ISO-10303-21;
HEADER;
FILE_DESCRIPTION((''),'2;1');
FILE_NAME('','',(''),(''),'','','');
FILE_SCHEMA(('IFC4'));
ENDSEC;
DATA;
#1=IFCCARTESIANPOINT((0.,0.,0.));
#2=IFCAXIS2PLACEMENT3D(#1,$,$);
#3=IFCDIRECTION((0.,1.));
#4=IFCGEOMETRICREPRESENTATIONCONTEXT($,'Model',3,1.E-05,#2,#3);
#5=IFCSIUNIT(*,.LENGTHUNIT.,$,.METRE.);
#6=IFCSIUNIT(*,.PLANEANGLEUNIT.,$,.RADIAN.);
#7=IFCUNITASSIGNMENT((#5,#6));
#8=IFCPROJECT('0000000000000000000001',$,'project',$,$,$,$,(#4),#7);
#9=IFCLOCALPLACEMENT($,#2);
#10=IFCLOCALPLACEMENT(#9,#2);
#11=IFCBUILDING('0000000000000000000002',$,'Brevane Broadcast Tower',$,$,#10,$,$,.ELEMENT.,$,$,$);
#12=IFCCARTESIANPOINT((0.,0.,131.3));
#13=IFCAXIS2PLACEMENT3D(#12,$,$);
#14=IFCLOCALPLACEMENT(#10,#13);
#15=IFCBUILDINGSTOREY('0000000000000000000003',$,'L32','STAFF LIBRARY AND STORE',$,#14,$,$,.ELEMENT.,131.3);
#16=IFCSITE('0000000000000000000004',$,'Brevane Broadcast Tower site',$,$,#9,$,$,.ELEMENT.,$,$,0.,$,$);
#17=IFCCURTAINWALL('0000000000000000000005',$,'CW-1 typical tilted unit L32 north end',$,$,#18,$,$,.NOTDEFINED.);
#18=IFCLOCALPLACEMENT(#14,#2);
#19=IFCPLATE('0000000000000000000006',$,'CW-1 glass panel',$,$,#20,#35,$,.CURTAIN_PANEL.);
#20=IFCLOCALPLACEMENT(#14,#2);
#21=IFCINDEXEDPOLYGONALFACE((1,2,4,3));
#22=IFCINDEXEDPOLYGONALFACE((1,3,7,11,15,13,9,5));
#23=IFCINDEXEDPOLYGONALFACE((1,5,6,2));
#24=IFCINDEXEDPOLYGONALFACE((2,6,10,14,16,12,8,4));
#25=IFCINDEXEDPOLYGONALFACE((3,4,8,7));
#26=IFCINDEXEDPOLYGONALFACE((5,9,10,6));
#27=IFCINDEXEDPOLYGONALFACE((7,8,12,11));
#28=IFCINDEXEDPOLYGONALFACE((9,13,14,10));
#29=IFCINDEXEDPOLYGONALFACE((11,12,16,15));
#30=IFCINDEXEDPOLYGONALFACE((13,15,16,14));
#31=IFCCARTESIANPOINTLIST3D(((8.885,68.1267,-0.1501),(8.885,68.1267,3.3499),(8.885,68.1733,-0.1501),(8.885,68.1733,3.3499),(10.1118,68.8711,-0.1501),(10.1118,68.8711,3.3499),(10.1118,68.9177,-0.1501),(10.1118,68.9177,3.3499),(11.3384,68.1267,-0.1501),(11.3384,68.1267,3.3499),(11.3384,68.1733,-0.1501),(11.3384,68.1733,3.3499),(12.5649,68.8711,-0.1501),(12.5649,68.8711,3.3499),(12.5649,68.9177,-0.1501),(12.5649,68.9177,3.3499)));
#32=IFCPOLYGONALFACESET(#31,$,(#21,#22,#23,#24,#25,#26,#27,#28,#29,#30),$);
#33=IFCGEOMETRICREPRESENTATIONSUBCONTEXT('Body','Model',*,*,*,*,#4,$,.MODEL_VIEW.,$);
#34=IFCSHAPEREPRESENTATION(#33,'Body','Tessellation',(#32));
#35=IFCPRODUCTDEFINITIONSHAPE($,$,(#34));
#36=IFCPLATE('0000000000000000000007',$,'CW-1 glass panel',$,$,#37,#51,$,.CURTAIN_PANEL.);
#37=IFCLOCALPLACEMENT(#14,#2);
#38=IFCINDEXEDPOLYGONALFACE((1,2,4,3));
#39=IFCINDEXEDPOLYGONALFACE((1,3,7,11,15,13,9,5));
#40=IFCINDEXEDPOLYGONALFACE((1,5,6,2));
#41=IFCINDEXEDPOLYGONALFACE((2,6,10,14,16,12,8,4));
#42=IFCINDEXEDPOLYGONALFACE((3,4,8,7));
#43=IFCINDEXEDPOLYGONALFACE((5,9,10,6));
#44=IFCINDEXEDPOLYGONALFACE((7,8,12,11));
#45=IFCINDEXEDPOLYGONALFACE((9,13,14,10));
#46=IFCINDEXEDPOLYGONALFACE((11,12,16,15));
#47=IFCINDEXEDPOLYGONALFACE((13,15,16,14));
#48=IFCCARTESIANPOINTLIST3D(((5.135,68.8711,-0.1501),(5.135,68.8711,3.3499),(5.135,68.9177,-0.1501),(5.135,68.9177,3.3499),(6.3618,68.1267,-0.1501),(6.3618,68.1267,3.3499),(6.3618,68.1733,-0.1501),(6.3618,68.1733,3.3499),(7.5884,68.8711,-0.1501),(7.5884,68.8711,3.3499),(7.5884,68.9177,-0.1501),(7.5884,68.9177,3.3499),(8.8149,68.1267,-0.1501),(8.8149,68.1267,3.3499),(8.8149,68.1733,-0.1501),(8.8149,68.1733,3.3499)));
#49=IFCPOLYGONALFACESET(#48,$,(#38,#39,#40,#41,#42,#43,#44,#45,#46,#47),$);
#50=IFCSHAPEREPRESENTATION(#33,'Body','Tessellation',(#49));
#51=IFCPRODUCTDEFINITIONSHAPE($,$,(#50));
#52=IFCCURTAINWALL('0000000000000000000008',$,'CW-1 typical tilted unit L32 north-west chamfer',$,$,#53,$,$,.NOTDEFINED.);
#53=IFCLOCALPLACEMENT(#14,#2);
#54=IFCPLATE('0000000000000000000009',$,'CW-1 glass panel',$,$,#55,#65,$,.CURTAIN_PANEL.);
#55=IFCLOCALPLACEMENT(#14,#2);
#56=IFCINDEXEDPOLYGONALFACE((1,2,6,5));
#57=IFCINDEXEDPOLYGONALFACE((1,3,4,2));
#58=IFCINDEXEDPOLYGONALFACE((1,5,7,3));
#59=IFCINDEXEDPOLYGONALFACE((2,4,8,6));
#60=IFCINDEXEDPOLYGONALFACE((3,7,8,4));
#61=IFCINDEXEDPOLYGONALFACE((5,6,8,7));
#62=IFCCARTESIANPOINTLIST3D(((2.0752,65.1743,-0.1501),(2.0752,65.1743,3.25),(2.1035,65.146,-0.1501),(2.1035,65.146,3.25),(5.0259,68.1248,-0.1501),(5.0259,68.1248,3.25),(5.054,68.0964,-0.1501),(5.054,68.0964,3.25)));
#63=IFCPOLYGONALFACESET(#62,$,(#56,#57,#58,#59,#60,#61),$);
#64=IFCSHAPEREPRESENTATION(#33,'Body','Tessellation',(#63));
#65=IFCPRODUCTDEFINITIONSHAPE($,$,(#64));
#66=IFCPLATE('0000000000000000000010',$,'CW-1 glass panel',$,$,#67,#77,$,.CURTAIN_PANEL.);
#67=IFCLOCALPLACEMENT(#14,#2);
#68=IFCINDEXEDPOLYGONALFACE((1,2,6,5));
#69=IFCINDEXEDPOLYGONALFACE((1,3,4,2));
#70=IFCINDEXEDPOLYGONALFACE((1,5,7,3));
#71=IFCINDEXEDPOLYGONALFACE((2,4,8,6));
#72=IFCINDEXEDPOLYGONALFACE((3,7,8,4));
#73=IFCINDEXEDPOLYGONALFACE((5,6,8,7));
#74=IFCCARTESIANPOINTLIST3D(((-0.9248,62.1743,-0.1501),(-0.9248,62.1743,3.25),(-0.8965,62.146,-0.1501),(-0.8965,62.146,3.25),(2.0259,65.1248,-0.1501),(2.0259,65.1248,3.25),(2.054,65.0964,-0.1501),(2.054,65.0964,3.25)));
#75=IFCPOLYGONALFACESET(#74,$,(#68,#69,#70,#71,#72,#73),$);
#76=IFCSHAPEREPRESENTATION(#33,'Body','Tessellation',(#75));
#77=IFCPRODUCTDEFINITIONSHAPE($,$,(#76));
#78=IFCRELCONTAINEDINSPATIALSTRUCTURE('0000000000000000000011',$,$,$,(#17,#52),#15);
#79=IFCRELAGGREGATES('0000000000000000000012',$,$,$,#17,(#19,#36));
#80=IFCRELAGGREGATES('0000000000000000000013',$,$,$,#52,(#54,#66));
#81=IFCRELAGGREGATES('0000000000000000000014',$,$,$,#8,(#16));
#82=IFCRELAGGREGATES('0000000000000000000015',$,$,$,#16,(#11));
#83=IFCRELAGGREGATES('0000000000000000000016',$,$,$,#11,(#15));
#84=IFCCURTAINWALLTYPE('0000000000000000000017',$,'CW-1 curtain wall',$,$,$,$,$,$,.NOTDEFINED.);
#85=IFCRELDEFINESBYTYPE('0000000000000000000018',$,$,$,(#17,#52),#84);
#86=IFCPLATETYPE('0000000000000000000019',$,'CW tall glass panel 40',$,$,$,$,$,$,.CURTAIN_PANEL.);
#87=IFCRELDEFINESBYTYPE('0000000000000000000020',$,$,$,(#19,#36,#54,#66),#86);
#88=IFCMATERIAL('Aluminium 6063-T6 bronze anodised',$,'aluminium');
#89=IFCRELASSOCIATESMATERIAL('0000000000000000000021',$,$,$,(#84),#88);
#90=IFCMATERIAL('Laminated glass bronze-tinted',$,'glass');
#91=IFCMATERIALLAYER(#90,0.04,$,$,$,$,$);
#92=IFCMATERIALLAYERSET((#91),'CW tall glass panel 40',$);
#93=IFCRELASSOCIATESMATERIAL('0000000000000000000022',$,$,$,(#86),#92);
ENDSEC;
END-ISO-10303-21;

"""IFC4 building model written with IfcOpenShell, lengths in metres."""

from ifc_helpers import new_model, si_unit, direction, frame, origin, place, context, subcontext, project, spatial, polyline, outline, extrude, material, layer, layer_set, type_object, element, aggregate, save


model = new_model("IFC4")

# Units and contexts
model_context = context("Model", 3, precision=1e-05, world=origin(), true_north=direction((0.0, 1.0)))
body_context = subcontext(model_context, "Body", "Model", "MODEL_VIEW")
ifc_project = project(units=[si_unit("LENGTHUNIT", "METRE"), si_unit("PLANEANGLEUNIT", "RADIAN")], contexts=[model_context])

# Site, building, storey
site_placement = place(None, origin())
site = spatial("IfcSite", under=ifc_project, at=site_placement, Name="Brevane Broadcast Tower site", CompositionType="ELEMENT", RefElevation=0.0)
building_placement = place(site_placement, origin())
building = spatial("IfcBuilding", under=site, at=building_placement, Name="Brevane Broadcast Tower", CompositionType="ELEMENT")
storey_placement = place(building_placement, frame((0.0, 0.0, 131.3)))
storey = spatial("IfcBuildingStorey", under=building, at=storey_placement, Name="L32", Description="STAFF LIBRARY AND STORE", CompositionType="ELEMENT", Elevation=131.3)

# Shared definitions
ifc_material_1 = material(Name="Aluminium 6063-T6 bronze anodised", Category="aluminium")
curtain_wall_type = type_object("IfcCurtainWallType", Name="CW-1 curtain wall", PredefinedType="NOTDEFINED", material=ifc_material_1)

# Curtain walls, plates
ifc_material_2 = material(Name="Laminated glass bronze-tinted", Category="glass")
ifc_layer = layer(ifc_material_2, 0.04)
ifc_layer_set = layer_set([ifc_layer], Name="CW tall glass panel 40")
plate_type = type_object("IfcPlateType", Name="CW tall glass panel 40", PredefinedType="CURTAIN_PANEL", material=ifc_layer_set)
curtain_wall_1_placement = place(storey_placement, origin())
curtain_wall_1 = element("IfcCurtainWall", 1, at=curtain_wall_1_placement, inside=storey, type_object=curtain_wall_type, Name="CW-1 typical tilted unit L32 north end", PredefinedType="NOTDEFINED")
plate_1_placement = place(storey_placement, frame((0.0, 0.0, -0.1501)))
plate_1 = element("IfcPlate", 2, at=plate_1_placement, type_object=plate_type, Name="CW-1 glass panel", PredefinedType="CURTAIN_PANEL", context=body_context, shape_type="SweptSolid", body=[
    extrude(outline(polyline([(12.5649, 68.8711), (12.5649, 68.9177), (11.3384, 68.1733), (10.1118, 68.9177), (8.885, 68.1733), (8.885, 68.1267), (10.1118, 68.8711), (11.3384, 68.1267), (12.5649, 68.8711)])), origin(), (0.0, 0.0, 1.0), 3.5),
])
plate_2_placement = place(storey_placement, frame((0.0, 0.0, -0.1501)))
plate_2 = element("IfcPlate", 3, at=plate_2_placement, type_object=plate_type, Name="CW-1 glass panel", PredefinedType="CURTAIN_PANEL", context=body_context, shape_type="SweptSolid", body=[
    extrude(outline(polyline([(8.8149, 68.1267), (8.8149, 68.1733), (7.5884, 68.9177), (6.3618, 68.1733), (5.135, 68.9177), (5.135, 68.8711), (6.3618, 68.1267), (7.5884, 68.8711), (8.8149, 68.1267)])), origin(), (0.0, 0.0, 1.0), 3.5),
])
aggregate(curtain_wall_1, [plate_1, plate_2])
curtain_wall_2_placement = place(storey_placement, origin())
curtain_wall_2 = element("IfcCurtainWall", 4, at=curtain_wall_2_placement, inside=storey, type_object=curtain_wall_type, Name="CW-1 typical tilted unit L32 north-west chamfer", PredefinedType="NOTDEFINED")
plate_3_placement = place(storey_placement, frame((0.0, 0.0, -0.1501)))
plate_3 = element("IfcPlate", 5, at=plate_3_placement, type_object=plate_type, Name="CW-1 glass panel", PredefinedType="CURTAIN_PANEL", context=body_context, shape_type="SweptSolid", body=[
    extrude(outline(polyline([(5.054, 68.0964), (2.1035, 65.146), (2.0752, 65.1743), (5.0259, 68.1248), (5.054, 68.0964)])), origin(), (0.0, 0.0, 1.0), 3.4001),
])
plate_4_placement = place(storey_placement, frame((0.0, 0.0, -0.1501)))
plate_4 = element("IfcPlate", 6, at=plate_4_placement, type_object=plate_type, Name="CW-1 glass panel", PredefinedType="CURTAIN_PANEL", context=body_context, shape_type="SweptSolid", body=[
    extrude(outline(polyline([(2.054, 65.0964), (-0.8965, 62.146), (-0.9248, 62.1743), (2.0259, 65.1248), (2.054, 65.0964)])), origin(), (0.0, 0.0, 1.0), 3.4001),
])
aggregate(curtain_wall_2, [plate_3, plate_4])

save(model, "model.ifc")
